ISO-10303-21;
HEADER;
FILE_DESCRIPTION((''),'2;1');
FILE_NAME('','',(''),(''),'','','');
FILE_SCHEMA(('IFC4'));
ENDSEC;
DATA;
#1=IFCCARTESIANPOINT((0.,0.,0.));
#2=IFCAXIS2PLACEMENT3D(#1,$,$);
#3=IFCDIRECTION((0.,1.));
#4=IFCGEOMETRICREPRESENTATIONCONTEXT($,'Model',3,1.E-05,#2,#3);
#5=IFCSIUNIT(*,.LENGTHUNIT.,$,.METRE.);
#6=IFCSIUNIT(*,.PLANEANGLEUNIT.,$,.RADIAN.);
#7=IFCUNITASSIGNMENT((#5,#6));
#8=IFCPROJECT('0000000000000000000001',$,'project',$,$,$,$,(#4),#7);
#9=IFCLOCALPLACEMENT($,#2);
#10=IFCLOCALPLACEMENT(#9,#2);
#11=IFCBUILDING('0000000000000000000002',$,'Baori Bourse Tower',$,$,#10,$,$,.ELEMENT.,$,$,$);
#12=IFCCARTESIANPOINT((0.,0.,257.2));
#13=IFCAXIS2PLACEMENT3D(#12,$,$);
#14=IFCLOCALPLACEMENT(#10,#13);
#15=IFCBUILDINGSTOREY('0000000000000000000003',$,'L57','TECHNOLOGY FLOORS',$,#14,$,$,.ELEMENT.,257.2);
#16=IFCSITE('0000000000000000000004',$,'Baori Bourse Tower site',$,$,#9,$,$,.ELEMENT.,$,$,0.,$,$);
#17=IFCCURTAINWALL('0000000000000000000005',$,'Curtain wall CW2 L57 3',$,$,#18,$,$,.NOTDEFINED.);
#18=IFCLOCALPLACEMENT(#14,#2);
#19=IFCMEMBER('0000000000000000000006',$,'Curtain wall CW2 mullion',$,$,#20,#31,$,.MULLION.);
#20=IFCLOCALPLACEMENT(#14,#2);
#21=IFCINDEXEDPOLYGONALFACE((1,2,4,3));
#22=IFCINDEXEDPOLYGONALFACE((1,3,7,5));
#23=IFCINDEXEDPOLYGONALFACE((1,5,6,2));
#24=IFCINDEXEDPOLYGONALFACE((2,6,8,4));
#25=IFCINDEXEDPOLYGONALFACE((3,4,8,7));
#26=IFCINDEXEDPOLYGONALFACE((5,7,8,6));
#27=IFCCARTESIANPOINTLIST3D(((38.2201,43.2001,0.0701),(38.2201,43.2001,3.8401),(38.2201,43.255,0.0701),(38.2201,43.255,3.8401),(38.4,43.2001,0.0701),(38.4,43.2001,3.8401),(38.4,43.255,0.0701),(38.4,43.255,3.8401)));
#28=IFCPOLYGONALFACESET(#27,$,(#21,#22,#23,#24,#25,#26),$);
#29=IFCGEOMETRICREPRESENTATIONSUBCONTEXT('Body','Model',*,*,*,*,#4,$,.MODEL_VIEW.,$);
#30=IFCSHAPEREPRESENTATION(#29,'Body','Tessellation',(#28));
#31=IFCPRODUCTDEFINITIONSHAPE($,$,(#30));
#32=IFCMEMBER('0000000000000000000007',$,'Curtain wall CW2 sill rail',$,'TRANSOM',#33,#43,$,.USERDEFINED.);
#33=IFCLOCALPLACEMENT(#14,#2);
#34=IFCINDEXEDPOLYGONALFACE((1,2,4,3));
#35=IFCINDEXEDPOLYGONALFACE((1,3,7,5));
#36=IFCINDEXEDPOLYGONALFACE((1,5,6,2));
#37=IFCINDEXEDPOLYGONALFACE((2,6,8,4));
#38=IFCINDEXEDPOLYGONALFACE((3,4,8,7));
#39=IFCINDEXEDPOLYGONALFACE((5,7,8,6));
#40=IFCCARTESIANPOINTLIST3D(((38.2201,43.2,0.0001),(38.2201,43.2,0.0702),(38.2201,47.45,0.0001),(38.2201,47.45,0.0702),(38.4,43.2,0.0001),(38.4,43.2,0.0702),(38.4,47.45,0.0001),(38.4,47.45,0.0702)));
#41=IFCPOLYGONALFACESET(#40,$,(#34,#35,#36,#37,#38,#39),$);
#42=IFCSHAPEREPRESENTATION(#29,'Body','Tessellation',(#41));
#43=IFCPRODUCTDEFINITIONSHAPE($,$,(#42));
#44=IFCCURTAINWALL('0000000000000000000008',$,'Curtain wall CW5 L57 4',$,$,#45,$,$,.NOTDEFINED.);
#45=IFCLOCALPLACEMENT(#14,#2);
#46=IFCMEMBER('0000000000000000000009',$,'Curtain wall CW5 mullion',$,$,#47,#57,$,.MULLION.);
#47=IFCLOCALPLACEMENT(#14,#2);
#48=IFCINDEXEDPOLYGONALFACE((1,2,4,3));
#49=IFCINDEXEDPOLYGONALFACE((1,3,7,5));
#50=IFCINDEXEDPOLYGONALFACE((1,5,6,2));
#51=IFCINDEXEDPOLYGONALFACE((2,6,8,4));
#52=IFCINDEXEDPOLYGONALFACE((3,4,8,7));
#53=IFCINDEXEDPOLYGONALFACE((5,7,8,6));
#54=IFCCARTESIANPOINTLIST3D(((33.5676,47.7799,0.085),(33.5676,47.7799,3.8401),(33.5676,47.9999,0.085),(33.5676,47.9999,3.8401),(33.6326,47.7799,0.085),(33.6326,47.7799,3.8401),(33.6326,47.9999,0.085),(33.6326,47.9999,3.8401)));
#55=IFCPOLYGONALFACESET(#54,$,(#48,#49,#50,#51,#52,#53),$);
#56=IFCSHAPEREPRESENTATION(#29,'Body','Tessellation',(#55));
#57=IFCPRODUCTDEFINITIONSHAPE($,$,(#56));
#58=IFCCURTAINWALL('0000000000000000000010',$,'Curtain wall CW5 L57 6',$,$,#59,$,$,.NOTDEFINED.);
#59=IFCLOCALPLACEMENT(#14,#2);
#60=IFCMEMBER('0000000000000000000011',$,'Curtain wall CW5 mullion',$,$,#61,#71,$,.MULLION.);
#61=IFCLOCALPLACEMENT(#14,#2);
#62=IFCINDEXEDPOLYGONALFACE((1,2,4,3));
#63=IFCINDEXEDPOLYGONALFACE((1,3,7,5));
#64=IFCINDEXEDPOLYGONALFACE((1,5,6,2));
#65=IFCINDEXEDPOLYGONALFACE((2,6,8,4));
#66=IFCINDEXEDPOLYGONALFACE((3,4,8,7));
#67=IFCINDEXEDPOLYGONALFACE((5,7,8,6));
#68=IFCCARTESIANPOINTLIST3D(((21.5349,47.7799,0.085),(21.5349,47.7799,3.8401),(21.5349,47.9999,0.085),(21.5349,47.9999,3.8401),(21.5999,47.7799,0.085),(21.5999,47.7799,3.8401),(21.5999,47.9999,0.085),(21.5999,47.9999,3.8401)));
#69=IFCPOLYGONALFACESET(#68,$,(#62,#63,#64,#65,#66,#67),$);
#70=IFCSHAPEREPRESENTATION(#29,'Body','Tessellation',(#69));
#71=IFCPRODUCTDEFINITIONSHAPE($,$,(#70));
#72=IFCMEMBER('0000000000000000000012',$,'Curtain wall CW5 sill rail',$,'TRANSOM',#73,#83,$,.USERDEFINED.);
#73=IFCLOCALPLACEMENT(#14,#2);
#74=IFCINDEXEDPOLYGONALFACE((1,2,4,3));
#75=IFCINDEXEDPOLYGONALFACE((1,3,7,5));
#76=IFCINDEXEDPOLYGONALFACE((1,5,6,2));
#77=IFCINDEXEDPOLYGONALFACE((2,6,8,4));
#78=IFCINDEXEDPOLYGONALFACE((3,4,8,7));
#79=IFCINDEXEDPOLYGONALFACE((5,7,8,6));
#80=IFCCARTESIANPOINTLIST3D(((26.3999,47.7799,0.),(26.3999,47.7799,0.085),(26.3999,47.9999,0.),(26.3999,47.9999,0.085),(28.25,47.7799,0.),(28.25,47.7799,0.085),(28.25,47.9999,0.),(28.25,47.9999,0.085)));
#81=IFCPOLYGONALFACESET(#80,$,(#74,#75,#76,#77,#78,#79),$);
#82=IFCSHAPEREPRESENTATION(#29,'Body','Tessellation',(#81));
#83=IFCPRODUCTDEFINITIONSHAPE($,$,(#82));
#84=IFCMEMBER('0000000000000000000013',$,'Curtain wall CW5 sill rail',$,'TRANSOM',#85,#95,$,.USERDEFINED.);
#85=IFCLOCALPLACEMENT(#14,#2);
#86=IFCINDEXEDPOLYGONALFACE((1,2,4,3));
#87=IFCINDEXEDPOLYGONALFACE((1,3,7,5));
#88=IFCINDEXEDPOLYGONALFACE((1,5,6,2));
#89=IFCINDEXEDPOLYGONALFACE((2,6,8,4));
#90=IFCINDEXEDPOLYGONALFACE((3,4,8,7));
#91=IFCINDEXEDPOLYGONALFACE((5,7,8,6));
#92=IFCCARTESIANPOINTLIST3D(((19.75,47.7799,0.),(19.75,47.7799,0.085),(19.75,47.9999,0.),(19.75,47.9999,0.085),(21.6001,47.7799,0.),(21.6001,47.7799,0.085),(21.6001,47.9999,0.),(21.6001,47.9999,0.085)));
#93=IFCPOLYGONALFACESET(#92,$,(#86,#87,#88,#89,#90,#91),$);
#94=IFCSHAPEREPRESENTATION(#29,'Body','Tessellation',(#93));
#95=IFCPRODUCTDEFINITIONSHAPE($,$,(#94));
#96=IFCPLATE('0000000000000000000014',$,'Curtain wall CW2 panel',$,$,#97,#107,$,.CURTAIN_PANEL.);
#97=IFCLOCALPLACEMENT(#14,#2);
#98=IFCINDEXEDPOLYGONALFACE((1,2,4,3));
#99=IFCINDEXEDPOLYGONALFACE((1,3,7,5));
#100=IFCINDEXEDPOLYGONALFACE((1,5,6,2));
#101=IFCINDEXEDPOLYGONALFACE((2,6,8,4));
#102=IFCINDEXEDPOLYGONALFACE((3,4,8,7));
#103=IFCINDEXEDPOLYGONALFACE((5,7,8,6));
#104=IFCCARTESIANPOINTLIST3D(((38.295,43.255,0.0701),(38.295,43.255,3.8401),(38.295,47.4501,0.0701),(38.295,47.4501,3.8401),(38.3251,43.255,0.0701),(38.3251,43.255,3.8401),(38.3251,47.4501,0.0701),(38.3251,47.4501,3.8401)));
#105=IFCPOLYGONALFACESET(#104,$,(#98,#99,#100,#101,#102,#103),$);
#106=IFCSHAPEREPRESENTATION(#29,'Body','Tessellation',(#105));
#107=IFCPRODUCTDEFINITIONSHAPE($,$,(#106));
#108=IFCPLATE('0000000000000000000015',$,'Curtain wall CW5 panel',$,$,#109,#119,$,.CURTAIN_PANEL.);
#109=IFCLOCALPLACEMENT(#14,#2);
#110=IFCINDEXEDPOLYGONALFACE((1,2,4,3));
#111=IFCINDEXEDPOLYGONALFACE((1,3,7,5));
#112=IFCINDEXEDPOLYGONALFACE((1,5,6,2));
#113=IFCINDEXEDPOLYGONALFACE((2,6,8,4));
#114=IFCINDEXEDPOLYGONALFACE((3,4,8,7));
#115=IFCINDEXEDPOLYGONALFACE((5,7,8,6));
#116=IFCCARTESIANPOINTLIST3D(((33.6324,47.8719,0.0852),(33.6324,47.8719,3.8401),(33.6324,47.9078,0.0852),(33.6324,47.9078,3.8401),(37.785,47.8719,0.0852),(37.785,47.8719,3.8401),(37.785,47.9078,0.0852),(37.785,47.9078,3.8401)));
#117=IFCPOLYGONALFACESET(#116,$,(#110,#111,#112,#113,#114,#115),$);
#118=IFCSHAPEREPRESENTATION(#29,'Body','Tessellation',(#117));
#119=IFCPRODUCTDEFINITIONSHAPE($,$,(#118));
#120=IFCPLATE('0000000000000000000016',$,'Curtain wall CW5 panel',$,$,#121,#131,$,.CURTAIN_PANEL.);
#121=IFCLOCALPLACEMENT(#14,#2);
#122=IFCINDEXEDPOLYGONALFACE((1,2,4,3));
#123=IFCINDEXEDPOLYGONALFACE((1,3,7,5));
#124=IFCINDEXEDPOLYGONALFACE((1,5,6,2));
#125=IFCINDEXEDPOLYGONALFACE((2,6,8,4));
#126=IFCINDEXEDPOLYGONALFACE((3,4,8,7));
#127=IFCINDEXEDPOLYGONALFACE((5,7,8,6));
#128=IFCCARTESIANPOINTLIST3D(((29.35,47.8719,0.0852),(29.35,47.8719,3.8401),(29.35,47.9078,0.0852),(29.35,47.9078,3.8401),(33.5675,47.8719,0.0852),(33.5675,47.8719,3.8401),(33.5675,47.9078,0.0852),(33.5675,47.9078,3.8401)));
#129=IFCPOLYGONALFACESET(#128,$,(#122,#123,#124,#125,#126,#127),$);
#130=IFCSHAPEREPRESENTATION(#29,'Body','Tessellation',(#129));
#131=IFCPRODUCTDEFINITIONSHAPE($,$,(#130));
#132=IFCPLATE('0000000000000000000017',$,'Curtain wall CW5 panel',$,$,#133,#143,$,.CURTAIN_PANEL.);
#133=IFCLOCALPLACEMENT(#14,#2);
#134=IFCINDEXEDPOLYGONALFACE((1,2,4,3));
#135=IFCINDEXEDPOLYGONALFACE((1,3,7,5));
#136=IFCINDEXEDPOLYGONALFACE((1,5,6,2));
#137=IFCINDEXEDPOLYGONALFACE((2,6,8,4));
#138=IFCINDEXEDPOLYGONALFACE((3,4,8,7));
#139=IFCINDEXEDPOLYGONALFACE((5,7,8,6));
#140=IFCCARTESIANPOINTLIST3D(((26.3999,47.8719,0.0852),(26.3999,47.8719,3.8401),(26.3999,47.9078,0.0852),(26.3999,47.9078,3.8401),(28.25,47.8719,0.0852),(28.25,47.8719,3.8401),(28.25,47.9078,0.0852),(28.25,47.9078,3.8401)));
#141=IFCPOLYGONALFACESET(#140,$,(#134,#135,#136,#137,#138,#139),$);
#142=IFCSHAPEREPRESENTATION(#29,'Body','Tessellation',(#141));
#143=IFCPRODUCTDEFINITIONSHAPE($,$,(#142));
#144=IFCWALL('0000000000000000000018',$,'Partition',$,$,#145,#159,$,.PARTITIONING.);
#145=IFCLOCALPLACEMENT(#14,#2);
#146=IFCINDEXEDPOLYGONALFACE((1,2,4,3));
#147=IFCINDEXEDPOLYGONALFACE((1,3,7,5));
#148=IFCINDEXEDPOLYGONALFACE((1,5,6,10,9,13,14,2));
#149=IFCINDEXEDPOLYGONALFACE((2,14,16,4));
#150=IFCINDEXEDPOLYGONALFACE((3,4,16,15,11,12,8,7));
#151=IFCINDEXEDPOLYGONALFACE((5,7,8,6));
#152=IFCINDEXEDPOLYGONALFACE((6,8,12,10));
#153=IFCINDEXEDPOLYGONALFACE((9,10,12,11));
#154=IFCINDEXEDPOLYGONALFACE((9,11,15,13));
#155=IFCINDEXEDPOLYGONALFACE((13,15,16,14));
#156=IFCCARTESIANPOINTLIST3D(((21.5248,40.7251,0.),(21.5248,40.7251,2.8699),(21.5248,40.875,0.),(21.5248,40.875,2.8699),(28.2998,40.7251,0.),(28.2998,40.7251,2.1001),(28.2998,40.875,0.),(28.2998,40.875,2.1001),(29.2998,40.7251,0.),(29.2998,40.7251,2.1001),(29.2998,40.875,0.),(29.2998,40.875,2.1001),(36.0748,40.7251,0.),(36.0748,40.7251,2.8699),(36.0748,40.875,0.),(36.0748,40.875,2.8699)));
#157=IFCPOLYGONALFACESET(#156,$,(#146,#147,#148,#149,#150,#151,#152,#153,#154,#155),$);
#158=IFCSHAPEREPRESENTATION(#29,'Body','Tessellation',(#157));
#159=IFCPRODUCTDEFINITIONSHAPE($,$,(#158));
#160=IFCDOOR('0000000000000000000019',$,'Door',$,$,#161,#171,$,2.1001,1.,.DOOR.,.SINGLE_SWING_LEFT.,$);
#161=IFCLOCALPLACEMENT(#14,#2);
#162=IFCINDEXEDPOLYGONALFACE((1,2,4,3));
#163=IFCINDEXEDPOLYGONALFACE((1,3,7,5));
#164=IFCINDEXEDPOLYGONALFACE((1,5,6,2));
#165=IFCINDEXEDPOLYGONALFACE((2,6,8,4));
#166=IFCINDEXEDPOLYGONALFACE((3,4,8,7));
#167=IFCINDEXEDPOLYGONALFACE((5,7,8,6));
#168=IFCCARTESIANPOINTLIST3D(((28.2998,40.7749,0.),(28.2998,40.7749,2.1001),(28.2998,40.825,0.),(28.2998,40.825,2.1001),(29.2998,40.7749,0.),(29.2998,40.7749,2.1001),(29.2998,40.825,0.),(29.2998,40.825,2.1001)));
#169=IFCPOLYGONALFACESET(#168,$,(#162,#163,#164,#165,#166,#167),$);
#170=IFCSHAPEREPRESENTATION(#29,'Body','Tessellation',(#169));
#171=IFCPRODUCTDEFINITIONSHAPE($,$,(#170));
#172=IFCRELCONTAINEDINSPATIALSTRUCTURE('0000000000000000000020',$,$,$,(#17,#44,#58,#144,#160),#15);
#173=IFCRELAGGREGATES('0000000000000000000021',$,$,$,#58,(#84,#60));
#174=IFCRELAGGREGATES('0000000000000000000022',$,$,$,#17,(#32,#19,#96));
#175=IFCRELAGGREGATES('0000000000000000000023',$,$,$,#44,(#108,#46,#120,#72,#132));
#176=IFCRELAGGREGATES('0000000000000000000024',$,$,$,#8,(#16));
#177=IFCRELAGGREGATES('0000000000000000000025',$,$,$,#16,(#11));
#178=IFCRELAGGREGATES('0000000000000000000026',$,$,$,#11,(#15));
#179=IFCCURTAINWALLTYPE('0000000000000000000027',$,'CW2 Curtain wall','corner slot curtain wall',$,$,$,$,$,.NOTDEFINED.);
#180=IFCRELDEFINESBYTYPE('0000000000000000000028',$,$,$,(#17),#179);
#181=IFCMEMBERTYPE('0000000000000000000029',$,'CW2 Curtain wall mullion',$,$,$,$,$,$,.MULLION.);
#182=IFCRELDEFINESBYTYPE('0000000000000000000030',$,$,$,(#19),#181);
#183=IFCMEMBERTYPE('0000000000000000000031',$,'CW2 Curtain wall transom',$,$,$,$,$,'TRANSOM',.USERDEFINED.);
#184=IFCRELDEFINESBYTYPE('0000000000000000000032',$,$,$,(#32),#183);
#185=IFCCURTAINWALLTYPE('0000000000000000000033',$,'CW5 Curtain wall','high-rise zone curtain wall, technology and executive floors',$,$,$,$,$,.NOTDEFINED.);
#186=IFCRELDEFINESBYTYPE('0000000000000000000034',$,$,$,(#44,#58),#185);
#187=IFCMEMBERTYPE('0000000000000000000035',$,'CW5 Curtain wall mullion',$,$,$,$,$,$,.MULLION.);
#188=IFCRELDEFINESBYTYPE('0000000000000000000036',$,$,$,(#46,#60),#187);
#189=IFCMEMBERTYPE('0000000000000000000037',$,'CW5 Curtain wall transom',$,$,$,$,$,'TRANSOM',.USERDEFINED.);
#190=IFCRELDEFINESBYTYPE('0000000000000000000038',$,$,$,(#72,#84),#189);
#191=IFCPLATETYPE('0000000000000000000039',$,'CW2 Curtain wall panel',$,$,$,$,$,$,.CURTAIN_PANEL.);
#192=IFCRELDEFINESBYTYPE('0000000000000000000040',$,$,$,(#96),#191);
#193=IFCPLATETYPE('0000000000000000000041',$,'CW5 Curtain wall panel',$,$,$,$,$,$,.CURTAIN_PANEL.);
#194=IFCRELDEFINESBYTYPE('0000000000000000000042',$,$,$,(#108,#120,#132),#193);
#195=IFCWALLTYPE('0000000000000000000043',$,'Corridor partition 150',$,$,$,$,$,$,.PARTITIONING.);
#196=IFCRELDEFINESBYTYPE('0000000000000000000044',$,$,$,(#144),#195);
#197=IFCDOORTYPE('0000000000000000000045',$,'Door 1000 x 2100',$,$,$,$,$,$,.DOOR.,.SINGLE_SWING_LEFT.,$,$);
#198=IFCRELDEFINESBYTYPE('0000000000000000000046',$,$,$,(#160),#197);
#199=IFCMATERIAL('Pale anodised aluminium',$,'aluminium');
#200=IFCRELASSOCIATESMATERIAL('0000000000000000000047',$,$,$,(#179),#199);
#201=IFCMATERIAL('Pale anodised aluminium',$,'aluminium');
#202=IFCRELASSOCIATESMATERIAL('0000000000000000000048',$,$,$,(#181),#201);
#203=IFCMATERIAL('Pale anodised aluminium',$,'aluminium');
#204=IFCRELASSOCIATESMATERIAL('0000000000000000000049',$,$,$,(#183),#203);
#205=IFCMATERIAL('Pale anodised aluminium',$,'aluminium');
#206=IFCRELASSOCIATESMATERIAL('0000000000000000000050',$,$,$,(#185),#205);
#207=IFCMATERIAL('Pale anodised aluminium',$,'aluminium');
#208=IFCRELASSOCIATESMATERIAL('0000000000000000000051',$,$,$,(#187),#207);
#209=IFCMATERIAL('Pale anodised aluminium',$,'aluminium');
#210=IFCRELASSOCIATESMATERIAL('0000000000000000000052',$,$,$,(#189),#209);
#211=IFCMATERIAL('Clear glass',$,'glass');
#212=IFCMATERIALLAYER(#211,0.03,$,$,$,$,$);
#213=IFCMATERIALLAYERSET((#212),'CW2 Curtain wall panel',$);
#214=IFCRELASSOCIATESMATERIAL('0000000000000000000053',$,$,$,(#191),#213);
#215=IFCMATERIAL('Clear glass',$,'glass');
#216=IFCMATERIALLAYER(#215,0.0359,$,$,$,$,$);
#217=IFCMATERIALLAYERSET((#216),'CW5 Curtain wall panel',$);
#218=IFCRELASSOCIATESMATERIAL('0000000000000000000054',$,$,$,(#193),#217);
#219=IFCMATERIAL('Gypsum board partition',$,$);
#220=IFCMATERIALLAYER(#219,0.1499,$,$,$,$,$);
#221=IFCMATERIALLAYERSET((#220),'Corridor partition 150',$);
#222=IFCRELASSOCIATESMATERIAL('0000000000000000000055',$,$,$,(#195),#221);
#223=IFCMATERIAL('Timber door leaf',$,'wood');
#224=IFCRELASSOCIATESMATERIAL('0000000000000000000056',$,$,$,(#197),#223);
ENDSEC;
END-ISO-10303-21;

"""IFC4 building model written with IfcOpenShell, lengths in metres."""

from ifc_helpers import new_model, si_unit, direction, frame, frame_2d, origin, origin_2d, place, context, subcontext, project, spatial, rectangle, extrude, material, layer, layer_set, material_profile, profile_set, type_object, element, fill, aggregate, save


model = new_model("IFC4")

# Units and contexts
model_context = context("Model", 3, precision=1e-05, world=origin(), true_north=direction((0.0, 1.0)))
body_context = subcontext(model_context, "Body", "Model", "MODEL_VIEW")
ifc_project = project(units=[si_unit("LENGTHUNIT", "METRE"), si_unit("PLANEANGLEUNIT", "RADIAN")], contexts=[model_context])

# Site, building, storey
site_placement = place(None, origin())
site = spatial("IfcSite", under=ifc_project, at=site_placement, Name="Baori Bourse Tower site", CompositionType="ELEMENT", RefElevation=0.0)
building_placement = place(site_placement, origin())
building = spatial("IfcBuilding", under=site, at=building_placement, Name="Baori Bourse Tower", CompositionType="ELEMENT")
storey_placement = place(building_placement, frame((0.0, 0.0, 257.2)))
storey = spatial("IfcBuildingStorey", under=building, at=storey_placement, Name="L57", Description="TECHNOLOGY FLOORS", CompositionType="ELEMENT", Elevation=257.2)

# Curtain wall, members
ifc_material_1 = material(Name="Pale anodised aluminium", Category="aluminium")
curtain_wall_type_1 = type_object("IfcCurtainWallType", Name="CW2 Curtain wall", Description="corner slot curtain wall", PredefinedType="NOTDEFINED", material=ifc_material_1)
curtain_wall_1_placement = place(storey_placement, origin())
curtain_wall_1 = element("IfcCurtainWall", 1, at=curtain_wall_1_placement, inside=storey, type_object=curtain_wall_type_1, Name="Curtain wall CW2 L57 3", PredefinedType="NOTDEFINED")
ifc_material_2 = material(Name="Pale anodised aluminium", Category="aluminium")
ifc_material_profile_1 = material_profile(ifc_material_2, rectangle(XDim=0.1799, YDim=0.0549, at=origin_2d()), Name="Mullion 55x180")
ifc_profile_set_1 = profile_set([ifc_material_profile_1], Name="Pale anodised aluminium")
member_type_1 = type_object("IfcMemberType", Name="CW2 Curtain wall mullion", PredefinedType="MULLION", material=ifc_profile_set_1)
member_1_placement = place(storey_placement, frame((38.3101, 43.2275, 0.0701), z_axis=(0.0, 0.0, 1.0), x_axis=(-1.0, 0.0, 0.0)))
member_1 = element("IfcMember", 2, at=member_1_placement, type_object=member_type_1, Name="Curtain wall CW2 mullion", PredefinedType="MULLION", context=body_context, shape_type="SweptSolid", body=[
    extrude(rectangle(XDim=0.1799, YDim=0.0549, at=origin_2d()), origin(), (0.0, 0.0, 1.0), 3.77),
])
ifc_material_3 = material(Name="Pale anodised aluminium", Category="aluminium")
ifc_material_profile_2 = material_profile(ifc_material_3, rectangle(XDim=0.1799, YDim=0.0701, at=origin_2d()), Name="Transom 70x180")
ifc_profile_set_2 = profile_set([ifc_material_profile_2], Name="Pale anodised aluminium")
member_type_2 = type_object("IfcMemberType", Name="CW2 Curtain wall transom", ElementType="TRANSOM", PredefinedType="USERDEFINED", material=ifc_profile_set_2)
member_2_placement = place(storey_placement, frame((38.3101, 43.2, 0.0352), z_axis=(0.0, 1.0, 0.0), x_axis=(-1.0, 0.0, 0.0)))
member_2 = element("IfcMember", 3, at=member_2_placement, type_object=member_type_2, Name="Curtain wall CW2 sill rail", ObjectType="TRANSOM", PredefinedType="USERDEFINED", context=body_context, shape_type="SweptSolid", body=[
    extrude(rectangle(XDim=0.1799, YDim=0.0701, at=origin_2d()), origin(), (0.0, 0.0, 1.0), 4.25),
])

# Curtain walls, members
ifc_material_4 = material(Name="Pale anodised aluminium", Category="aluminium")
curtain_wall_type_2 = type_object("IfcCurtainWallType", Name="CW5 Curtain wall", Description="high-rise zone curtain wall, technology and executive floors", PredefinedType="NOTDEFINED", material=ifc_material_4)
curtain_wall_2_placement = place(storey_placement, origin())
curtain_wall_2 = element("IfcCurtainWall", 4, at=curtain_wall_2_placement, inside=storey, type_object=curtain_wall_type_2, Name="Curtain wall CW5 L57 4", PredefinedType="NOTDEFINED")
ifc_material_5 = material(Name="Pale anodised aluminium", Category="aluminium")
ifc_material_profile_3 = material_profile(ifc_material_5, rectangle(XDim=0.22, YDim=0.0649, at=origin_2d()), Name="Mullion 65x220")
ifc_profile_set_3 = profile_set([ifc_material_profile_3], Name="Pale anodised aluminium")
member_type_3 = type_object("IfcMemberType", Name="CW5 Curtain wall mullion", PredefinedType="MULLION", material=ifc_profile_set_3)
member_3_placement = place(storey_placement, frame((33.6001, 47.8899, 0.085), z_axis=(0.0, 0.0, 1.0), x_axis=(0.0, -1.0, 0.0)))
member_3 = element("IfcMember", 5, at=member_3_placement, type_object=member_type_3, Name="Curtain wall CW5 mullion", PredefinedType="MULLION", context=body_context, shape_type="SweptSolid", body=[
    extrude(rectangle(XDim=0.22, YDim=0.0649, at=origin_2d()), origin(), (0.0, 0.0, 1.0), 3.7551),
])
curtain_wall_3_placement = place(storey_placement, origin())
curtain_wall_3 = element("IfcCurtainWall", 6, at=curtain_wall_3_placement, inside=storey, type_object=curtain_wall_type_2, Name="Curtain wall CW5 L57 6", PredefinedType="NOTDEFINED")
member_4_placement = place(storey_placement, frame((21.5674, 47.8899, 0.085), z_axis=(0.0, 0.0, 1.0), x_axis=(0.0, -1.0, 0.0)))
member_4 = element("IfcMember", 7, at=member_4_placement, type_object=member_type_3, Name="Curtain wall CW5 mullion", PredefinedType="MULLION", context=body_context, shape_type="SweptSolid", body=[
    extrude(rectangle(XDim=0.22, YDim=0.0649, at=origin_2d()), origin(), (0.0, 0.0, 1.0), 3.7551),
])

# Members
ifc_material_6 = material(Name="Pale anodised aluminium", Category="aluminium")
ifc_material_profile_4 = material_profile(ifc_material_6, rectangle(XDim=0.22, YDim=0.085, at=origin_2d()), Name="Transom 85x220")
ifc_profile_set_4 = profile_set([ifc_material_profile_4], Name="Pale anodised aluminium")
member_type_4 = type_object("IfcMemberType", Name="CW5 Curtain wall transom", ElementType="TRANSOM", PredefinedType="USERDEFINED", material=ifc_profile_set_4)
member_5_placement = place(storey_placement, frame((28.25, 47.8899, 0.0425), z_axis=(-1.0, 0.0, 0.0), x_axis=(0.0, -1.0, 0.0)))
member_5 = element("IfcMember", 8, at=member_5_placement, type_object=member_type_4, Name="Curtain wall CW5 sill rail", ObjectType="TRANSOM", PredefinedType="USERDEFINED", context=body_context, shape_type="SweptSolid", body=[
    extrude(rectangle(XDim=0.22, YDim=0.085, at=origin_2d()), origin(), (0.0, 0.0, 1.0), 1.8501),
])
member_6_placement = place(storey_placement, frame((21.6001, 47.8899, 0.0425), z_axis=(-1.0, 0.0, 0.0), x_axis=(0.0, -1.0, 0.0)))
member_6 = element("IfcMember", 9, at=member_6_placement, type_object=member_type_4, Name="Curtain wall CW5 sill rail", ObjectType="TRANSOM", PredefinedType="USERDEFINED", context=body_context, shape_type="SweptSolid", body=[
    extrude(rectangle(XDim=0.22, YDim=0.085, at=origin_2d()), origin(), (0.0, 0.0, 1.0), 1.8501),
])
aggregate(curtain_wall_3, [member_6, member_4])

# Plates
ifc_material_7 = material(Name="Clear glass", Category="glass")
ifc_layer_1 = layer(ifc_material_7, 0.03)
ifc_layer_set_1 = layer_set([ifc_layer_1], Name="CW2 Curtain wall panel")
plate_type_1 = type_object("IfcPlateType", Name="CW2 Curtain wall panel", PredefinedType="CURTAIN_PANEL", material=ifc_layer_set_1)
plate_1_placement = place(storey_placement, frame((38.3101, 45.3525, 0.0701), z_axis=(0.0, 0.0, 1.0), x_axis=(0.0, 1.0, 0.0)))
plate_1 = element("IfcPlate", 10, at=plate_1_placement, type_object=plate_type_1, Name="Curtain wall CW2 panel", PredefinedType="CURTAIN_PANEL", context=body_context, shape_type="SweptSolid", body=[
    extrude(rectangle(XDim=4.1951, YDim=0.03, at=origin_2d()), origin(), (0.0, 0.0, 1.0), 3.77),
])
aggregate(curtain_wall_1, [member_2, member_1, plate_1])
ifc_material_8 = material(Name="Clear glass", Category="glass")
ifc_layer_2 = layer(ifc_material_8, 0.0359)
ifc_layer_set_2 = layer_set([ifc_layer_2], Name="CW5 Curtain wall panel")
plate_type_2 = type_object("IfcPlateType", Name="CW5 Curtain wall panel", PredefinedType="CURTAIN_PANEL", material=ifc_layer_set_2)
plate_2_placement = place(storey_placement, frame((35.7087, 47.8899, 0.0852), z_axis=(0.0, 0.0, 1.0), x_axis=(-1.0, 0.0, 0.0)))
plate_2 = element("IfcPlate", 11, at=plate_2_placement, type_object=plate_type_2, Name="Curtain wall CW5 panel", PredefinedType="CURTAIN_PANEL", context=body_context, shape_type="SweptSolid", body=[
    extrude(rectangle(XDim=4.1526, YDim=0.0359, at=origin_2d()), origin(), (0.0, 0.0, 1.0), 3.7549),
])
plate_3_placement = place(storey_placement, frame((31.4587, 47.8899, 0.0852), z_axis=(0.0, 0.0, 1.0), x_axis=(-1.0, 0.0, 0.0)))
plate_3 = element("IfcPlate", 12, at=plate_3_placement, type_object=plate_type_2, Name="Curtain wall CW5 panel", PredefinedType="CURTAIN_PANEL", context=body_context, shape_type="SweptSolid", body=[
    extrude(rectangle(XDim=4.2175, YDim=0.0359, at=origin_2d()), origin(), (0.0, 0.0, 1.0), 3.7549),
])
plate_4_placement = place(storey_placement, frame((27.325, 47.8899, 0.0852), z_axis=(0.0, 0.0, 1.0), x_axis=(-1.0, 0.0, 0.0)))
plate_4 = element("IfcPlate", 13, at=plate_4_placement, type_object=plate_type_2, Name="Curtain wall CW5 panel", PredefinedType="CURTAIN_PANEL", context=body_context, shape_type="SweptSolid", body=[
    extrude(rectangle(XDim=1.8501, YDim=0.0359, at=origin_2d()), origin(), (0.0, 0.0, 1.0), 3.7549),
])
aggregate(curtain_wall_2, [plate_2, member_3, plate_3, member_5, plate_4])

# Wall, opening, door
ifc_material_9 = material(Name="Gypsum board partition")
ifc_layer_3 = layer(ifc_material_9, 0.1499)
ifc_layer_set_3 = layer_set([ifc_layer_3], Name="Corridor partition 150")
wall_type_1 = type_object("IfcWallType", Name="Corridor partition 150", PredefinedType="PARTITIONING", material=ifc_layer_set_3)
wall_1_placement = place(storey_placement, frame((21.5249, 40.8, 0.0), z_axis=(0.0, 0.0, 1.0), x_axis=(1.0, 0.0, 0.0)))
wall_1 = element("IfcWall", 14, at=wall_1_placement, inside=storey, type_object=wall_type_1, Name="Partition", PredefinedType="PARTITIONING", context=body_context, shape_type="SweptSolid", body=[
    extrude(rectangle(XDim=14.55, YDim=0.1499, at=frame_2d((7.2749, 0.0))), origin(), (0.0, 0.0, 1.0), 2.8699),
])
opening_1_placement = place(wall_1_placement, frame((6.7749, 0.0, 0.0)))
opening_1 = element("IfcOpeningElement", 15, at=opening_1_placement, cuts=wall_1, PredefinedType="OPENING", context=body_context, shape_type="SweptSolid", body=[
    extrude(rectangle(XDim=1.0, YDim=2.1001, at=frame_2d((0.5, 1.05))), frame((0.0, 0.085, 0.0), z_axis=(0.0, -1.0, 0.0), x_axis=(1.0, 0.0, 0.0)), (0.0, 0.0, 1.0), 0.1699),
])
ifc_material_10 = material(Name="Timber door leaf", Category="wood")
door_type = type_object("IfcDoorType", Name="Door 1000 x 2100", OperationType="SINGLE_SWING_LEFT", PredefinedType="DOOR", material=ifc_material_10)
door_1_placement = place(opening_1_placement, origin())
door_1 = element("IfcDoor", 16, at=door_1_placement, inside=storey, type_object=door_type, Name="Door", OperationType="SINGLE_SWING_LEFT", OverallHeight=2.1001, OverallWidth=1.0, PredefinedType="DOOR", context=body_context, shape_type="SweptSolid", body=[
    extrude(rectangle(XDim=1.0, YDim=2.1001, at=frame_2d((0.5, 1.05))), frame((0.0, 0.0249, 0.0), z_axis=(0.0, -1.0, 0.0), x_axis=(1.0, 0.0, 0.0)), (0.0, 0.0, 1.0), 0.05),
])
fill(opening_1, door_1)

save(model, "model.ifc")
